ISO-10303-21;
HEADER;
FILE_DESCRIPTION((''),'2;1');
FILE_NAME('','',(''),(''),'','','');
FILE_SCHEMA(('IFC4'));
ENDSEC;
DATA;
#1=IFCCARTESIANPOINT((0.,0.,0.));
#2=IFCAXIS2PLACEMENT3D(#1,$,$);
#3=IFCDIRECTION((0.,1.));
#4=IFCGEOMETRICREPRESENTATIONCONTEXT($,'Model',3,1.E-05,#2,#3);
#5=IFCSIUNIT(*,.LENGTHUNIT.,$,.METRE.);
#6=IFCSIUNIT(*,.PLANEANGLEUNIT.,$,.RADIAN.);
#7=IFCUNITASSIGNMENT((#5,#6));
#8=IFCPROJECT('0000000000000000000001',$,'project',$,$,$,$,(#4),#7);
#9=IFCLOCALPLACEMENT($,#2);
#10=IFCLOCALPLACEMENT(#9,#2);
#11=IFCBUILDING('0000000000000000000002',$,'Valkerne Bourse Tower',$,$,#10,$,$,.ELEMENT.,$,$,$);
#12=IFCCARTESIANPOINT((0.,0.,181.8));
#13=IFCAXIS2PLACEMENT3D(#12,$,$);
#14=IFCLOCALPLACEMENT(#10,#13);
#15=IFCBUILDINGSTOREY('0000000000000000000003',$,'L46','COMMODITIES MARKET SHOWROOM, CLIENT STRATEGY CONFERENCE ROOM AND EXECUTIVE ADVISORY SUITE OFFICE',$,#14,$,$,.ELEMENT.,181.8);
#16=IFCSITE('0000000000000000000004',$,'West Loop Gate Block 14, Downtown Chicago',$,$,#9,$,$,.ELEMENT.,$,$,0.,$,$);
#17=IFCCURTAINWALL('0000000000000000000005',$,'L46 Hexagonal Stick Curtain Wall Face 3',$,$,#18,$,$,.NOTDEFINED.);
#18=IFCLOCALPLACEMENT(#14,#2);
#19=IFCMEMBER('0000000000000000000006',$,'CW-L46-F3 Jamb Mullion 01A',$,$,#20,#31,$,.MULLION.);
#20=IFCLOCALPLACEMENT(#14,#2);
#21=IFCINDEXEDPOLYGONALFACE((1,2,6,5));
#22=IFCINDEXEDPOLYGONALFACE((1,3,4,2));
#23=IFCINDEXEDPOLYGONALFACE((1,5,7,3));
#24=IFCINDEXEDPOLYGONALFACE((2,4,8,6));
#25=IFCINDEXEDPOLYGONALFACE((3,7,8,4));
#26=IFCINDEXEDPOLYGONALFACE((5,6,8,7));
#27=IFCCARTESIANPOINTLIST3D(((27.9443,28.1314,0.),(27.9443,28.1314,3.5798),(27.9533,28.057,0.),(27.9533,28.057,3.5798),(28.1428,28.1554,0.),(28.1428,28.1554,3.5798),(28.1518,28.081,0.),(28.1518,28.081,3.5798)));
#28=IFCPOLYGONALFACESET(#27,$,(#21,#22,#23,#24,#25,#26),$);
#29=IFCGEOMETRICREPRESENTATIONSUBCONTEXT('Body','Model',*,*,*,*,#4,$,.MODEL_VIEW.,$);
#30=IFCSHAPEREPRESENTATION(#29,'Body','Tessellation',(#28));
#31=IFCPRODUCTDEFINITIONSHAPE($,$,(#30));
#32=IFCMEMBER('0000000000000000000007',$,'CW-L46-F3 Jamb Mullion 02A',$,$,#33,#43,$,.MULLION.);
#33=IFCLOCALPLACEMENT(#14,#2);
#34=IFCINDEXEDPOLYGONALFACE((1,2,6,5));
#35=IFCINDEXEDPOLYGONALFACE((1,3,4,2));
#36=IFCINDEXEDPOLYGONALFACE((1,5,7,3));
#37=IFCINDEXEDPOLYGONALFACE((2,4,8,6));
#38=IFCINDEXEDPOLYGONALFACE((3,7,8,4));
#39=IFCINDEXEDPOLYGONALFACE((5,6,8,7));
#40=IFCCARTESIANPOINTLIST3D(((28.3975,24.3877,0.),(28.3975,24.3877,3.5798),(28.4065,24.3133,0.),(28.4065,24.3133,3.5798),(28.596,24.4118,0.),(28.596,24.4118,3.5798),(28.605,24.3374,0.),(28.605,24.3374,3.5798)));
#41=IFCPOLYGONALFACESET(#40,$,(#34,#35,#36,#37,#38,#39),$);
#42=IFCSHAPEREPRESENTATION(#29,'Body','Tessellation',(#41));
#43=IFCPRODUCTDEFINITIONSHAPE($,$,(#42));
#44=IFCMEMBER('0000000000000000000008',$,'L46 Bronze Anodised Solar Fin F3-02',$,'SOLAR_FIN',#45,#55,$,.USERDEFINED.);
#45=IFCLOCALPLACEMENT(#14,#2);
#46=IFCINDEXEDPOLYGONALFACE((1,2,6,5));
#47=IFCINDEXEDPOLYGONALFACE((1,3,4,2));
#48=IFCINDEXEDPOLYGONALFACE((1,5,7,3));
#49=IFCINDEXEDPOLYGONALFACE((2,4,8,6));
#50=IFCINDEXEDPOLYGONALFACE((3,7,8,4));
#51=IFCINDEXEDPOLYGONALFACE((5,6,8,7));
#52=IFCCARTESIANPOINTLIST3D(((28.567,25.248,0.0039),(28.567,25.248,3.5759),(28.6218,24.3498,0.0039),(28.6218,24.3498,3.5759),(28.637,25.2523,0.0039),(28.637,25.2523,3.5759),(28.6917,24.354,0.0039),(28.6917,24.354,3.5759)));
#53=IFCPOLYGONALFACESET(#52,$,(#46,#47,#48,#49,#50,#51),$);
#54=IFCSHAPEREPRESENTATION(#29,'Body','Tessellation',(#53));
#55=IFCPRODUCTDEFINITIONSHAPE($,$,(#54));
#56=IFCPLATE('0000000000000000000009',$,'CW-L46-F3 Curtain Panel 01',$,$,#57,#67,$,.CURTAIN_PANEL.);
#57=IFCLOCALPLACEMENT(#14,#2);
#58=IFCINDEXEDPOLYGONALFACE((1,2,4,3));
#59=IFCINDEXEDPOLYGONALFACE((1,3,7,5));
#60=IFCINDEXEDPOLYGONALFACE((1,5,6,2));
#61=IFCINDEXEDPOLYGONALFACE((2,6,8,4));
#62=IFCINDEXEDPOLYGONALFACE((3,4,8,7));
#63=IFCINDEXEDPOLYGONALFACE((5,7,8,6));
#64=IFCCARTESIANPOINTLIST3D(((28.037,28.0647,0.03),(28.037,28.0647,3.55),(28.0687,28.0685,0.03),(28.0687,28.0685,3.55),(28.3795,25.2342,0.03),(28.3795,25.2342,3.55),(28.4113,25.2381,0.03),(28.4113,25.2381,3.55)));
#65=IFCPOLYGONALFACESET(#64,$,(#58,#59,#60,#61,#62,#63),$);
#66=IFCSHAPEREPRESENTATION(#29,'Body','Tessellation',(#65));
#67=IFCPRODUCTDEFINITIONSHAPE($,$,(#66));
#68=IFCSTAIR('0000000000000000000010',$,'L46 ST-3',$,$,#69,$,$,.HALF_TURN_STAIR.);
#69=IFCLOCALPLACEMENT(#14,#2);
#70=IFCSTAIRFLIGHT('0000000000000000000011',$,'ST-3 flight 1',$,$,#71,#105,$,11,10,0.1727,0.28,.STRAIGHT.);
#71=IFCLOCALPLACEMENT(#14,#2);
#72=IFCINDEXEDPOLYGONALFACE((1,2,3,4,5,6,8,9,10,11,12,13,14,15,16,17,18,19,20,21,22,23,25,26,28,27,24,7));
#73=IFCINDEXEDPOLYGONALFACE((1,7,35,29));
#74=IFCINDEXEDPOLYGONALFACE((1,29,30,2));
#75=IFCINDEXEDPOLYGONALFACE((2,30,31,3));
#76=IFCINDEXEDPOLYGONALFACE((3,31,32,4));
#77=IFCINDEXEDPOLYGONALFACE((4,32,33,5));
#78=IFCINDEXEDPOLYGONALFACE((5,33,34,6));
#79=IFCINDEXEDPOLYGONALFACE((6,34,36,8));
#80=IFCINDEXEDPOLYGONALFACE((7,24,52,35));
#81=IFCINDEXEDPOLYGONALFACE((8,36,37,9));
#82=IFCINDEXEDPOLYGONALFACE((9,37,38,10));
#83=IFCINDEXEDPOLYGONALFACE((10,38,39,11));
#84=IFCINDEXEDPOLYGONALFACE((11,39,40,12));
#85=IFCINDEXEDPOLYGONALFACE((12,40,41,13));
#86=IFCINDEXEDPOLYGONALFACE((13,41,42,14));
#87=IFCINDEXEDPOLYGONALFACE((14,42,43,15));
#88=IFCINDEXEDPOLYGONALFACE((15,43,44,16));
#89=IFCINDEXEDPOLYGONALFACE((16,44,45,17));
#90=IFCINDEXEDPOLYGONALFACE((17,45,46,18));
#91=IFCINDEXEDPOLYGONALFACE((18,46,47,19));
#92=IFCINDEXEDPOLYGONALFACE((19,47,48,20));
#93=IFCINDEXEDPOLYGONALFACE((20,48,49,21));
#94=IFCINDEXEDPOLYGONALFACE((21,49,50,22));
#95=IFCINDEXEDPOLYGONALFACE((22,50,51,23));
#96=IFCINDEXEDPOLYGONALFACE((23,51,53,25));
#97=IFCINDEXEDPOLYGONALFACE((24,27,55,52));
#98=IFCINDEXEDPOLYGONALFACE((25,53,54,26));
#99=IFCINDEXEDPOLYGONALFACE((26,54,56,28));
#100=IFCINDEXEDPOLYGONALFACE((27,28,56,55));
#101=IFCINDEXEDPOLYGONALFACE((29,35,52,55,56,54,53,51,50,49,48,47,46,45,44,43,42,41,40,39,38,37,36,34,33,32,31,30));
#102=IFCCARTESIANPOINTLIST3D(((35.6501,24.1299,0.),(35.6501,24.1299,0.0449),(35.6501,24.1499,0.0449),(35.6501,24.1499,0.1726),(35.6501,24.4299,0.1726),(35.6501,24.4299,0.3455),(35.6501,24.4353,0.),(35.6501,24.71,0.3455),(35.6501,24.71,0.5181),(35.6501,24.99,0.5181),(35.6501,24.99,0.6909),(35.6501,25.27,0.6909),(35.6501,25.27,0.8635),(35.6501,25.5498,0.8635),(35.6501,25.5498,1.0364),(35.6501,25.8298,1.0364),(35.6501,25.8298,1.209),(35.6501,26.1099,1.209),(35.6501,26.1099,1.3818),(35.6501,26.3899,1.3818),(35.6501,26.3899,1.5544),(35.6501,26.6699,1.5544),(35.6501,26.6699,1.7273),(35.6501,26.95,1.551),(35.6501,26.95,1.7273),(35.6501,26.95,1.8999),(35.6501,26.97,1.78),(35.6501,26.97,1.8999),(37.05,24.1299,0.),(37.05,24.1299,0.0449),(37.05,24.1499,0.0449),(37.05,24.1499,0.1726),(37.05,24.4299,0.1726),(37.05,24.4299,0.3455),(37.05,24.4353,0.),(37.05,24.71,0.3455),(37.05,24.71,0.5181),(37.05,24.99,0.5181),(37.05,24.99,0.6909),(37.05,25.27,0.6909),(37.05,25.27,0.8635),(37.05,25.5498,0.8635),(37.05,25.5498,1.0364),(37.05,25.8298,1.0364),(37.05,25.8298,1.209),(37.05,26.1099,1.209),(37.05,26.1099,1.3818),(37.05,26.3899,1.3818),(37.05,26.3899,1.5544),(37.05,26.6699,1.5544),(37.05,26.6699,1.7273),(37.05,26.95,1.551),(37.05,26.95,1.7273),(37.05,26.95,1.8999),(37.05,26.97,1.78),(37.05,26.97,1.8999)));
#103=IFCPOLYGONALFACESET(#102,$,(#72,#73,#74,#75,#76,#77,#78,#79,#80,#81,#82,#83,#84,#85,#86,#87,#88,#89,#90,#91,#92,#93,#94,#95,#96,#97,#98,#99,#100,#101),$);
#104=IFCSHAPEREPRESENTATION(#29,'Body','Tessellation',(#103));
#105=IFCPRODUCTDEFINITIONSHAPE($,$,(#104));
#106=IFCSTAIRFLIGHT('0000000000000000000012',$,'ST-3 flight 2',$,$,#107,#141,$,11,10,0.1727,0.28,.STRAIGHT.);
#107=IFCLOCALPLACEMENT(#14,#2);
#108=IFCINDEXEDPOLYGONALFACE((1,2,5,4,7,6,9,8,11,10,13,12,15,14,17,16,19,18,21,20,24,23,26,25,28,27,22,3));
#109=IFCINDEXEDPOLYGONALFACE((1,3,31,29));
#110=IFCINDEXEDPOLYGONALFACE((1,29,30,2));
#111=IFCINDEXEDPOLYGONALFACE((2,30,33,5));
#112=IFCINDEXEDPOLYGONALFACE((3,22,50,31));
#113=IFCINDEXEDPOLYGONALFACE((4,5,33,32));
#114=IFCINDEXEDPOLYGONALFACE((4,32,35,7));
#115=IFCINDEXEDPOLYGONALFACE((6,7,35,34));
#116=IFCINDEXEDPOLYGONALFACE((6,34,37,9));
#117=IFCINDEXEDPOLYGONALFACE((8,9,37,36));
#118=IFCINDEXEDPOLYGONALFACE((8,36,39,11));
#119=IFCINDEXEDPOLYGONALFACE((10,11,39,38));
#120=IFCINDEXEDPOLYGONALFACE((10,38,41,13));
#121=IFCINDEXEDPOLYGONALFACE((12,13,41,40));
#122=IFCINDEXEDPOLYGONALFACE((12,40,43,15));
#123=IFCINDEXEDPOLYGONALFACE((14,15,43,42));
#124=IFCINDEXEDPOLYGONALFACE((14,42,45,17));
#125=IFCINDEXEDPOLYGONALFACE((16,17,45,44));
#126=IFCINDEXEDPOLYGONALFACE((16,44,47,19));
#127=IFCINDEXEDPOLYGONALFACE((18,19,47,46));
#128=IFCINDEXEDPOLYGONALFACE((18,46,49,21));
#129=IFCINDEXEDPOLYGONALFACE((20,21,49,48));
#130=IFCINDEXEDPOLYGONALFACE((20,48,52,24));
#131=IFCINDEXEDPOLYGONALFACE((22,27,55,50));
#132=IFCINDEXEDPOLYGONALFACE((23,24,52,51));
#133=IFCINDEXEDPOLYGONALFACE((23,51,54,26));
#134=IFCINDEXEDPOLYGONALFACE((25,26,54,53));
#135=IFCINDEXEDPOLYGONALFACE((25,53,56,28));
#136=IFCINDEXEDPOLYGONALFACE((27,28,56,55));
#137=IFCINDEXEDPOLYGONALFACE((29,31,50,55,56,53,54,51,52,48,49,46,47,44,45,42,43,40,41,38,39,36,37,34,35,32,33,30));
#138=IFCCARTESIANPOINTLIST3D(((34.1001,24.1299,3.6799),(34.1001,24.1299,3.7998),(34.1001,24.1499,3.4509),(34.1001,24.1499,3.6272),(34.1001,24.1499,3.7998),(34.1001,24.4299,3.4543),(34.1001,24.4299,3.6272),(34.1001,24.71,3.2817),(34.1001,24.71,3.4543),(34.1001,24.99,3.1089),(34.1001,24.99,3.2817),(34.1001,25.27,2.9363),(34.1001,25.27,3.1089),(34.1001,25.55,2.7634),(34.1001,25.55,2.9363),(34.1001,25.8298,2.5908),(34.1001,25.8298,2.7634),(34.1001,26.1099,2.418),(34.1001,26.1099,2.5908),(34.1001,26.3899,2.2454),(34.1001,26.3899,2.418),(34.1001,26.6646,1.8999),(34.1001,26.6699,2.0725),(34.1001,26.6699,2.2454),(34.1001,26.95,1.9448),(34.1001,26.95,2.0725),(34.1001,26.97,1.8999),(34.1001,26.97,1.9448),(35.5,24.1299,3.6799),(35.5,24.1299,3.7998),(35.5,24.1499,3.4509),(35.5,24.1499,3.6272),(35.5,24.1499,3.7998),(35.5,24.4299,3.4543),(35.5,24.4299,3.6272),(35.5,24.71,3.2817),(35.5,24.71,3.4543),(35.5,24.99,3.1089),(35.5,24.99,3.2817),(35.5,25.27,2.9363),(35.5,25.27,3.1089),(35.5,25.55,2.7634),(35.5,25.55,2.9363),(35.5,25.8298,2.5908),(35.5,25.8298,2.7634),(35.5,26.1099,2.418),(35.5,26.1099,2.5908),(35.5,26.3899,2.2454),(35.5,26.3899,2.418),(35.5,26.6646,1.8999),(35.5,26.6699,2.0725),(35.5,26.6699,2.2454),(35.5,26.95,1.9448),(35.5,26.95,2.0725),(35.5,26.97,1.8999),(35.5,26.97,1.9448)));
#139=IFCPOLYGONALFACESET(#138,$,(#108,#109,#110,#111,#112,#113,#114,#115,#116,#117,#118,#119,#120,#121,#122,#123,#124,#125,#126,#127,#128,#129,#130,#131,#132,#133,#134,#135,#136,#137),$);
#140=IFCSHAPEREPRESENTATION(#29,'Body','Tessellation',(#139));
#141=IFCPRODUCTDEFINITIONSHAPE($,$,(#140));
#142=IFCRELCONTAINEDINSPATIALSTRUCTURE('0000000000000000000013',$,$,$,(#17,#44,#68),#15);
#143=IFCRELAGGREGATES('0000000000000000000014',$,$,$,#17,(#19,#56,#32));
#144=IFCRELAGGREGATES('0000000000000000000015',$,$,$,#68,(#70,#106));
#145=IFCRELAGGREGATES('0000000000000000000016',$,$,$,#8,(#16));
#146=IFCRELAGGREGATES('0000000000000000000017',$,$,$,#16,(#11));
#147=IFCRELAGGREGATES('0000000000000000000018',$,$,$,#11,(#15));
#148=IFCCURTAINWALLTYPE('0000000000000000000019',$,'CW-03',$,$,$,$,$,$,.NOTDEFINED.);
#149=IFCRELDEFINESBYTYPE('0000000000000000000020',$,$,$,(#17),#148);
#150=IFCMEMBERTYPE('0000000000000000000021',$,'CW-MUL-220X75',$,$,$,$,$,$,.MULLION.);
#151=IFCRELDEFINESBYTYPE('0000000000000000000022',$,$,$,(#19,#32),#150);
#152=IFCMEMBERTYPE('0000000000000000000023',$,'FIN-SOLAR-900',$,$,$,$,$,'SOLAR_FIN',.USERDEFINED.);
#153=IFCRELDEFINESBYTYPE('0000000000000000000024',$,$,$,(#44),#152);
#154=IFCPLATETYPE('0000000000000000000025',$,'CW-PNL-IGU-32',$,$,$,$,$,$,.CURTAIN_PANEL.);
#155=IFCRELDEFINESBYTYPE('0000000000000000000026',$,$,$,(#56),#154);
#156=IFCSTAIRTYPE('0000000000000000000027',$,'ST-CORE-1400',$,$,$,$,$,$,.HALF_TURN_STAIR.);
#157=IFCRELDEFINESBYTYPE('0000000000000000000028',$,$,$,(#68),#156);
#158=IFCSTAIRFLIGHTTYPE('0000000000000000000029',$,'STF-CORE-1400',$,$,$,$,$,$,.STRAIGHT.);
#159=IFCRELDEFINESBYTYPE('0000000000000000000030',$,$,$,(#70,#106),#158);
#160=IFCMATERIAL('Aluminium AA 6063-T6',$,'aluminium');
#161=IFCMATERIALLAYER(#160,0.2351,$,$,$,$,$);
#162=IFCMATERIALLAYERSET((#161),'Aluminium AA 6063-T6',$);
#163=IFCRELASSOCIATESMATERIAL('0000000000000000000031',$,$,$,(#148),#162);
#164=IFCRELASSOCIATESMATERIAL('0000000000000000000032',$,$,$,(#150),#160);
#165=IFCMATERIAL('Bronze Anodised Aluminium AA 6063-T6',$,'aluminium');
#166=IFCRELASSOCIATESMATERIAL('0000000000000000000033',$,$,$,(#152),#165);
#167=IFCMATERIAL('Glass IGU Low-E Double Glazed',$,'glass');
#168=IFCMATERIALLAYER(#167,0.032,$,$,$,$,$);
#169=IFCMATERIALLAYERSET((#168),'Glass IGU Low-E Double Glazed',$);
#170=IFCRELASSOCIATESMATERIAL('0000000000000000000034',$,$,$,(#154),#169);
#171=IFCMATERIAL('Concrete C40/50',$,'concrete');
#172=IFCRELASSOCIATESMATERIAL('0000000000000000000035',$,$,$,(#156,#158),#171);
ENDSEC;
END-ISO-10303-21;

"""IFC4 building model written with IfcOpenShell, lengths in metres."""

from ifc_helpers import new_model, si_unit, direction, frame, origin, origin_2d, place, context, subcontext, project, spatial, polyline, rectangle, outline, extrude, material, layer, layer_set, material_profile, profile_set, type_object, element, aggregate, save


model = new_model("IFC4")

# Units and contexts
model_context = context("Model", 3, precision=1e-05, world=origin(), true_north=direction((0.0, 1.0)))
body_context = subcontext(model_context, "Body", "Model", "MODEL_VIEW")
ifc_project = project(units=[si_unit("LENGTHUNIT", "METRE"), si_unit("PLANEANGLEUNIT", "RADIAN")], contexts=[model_context])

# Site, building, storey
site_placement = place(None, origin())
site = spatial("IfcSite", under=ifc_project, at=site_placement, Name="West Loop Gate Block 14, Downtown Chicago", CompositionType="ELEMENT", RefElevation=0.0)
building_placement = place(site_placement, origin())
building = spatial("IfcBuilding", under=site, at=building_placement, Name="Valkerne Bourse Tower", CompositionType="ELEMENT")
storey_placement = place(building_placement, frame((0.0, 0.0, 181.8)))
storey = spatial("IfcBuildingStorey", under=building, at=storey_placement, Name="L46", Description="COMMODITIES MARKET SHOWROOM, CLIENT STRATEGY CONFERENCE ROOM AND EXECUTIVE ADVISORY SUITE OFFICE", CompositionType="ELEMENT", Elevation=181.8)

# Curtain wall, members
ifc_material_1 = material(Name="Aluminium AA 6063-T6", Category="aluminium")
ifc_layer_1 = layer(ifc_material_1, 0.2351)
ifc_layer_set_1 = layer_set([ifc_layer_1], Name="Aluminium AA 6063-T6")
curtain_wall_type = type_object("IfcCurtainWallType", Name="CW-03", PredefinedType="NOTDEFINED", material=ifc_layer_set_1)
curtain_wall_placement = place(storey_placement, origin())
curtain_wall = element("IfcCurtainWall", 1, at=curtain_wall_placement, inside=storey, type_object=curtain_wall_type, Name="L46 Hexagonal Stick Curtain Wall Face 3", PredefinedType="NOTDEFINED")
ifc_material_profile_1 = material_profile(ifc_material_1, rectangle(XDim=0.075, YDim=0.2, at=origin_2d()), Name="CWM-75X200")
ifc_profile_set_1 = profile_set([ifc_material_profile_1], Name="Aluminium AA 6063-T6")
member_type_1 = type_object("IfcMemberType", Name="CW-MUL-220X75", PredefinedType="MULLION", material=ifc_profile_set_1)
member_1_placement = place(storey_placement, frame((28.0481, 28.1062, 0.0), z_axis=(0.0, 0.0, 1.0), x_axis=(0.120153, -0.992755, 0.0)))
member_1 = element("IfcMember", 2, at=member_1_placement, type_object=member_type_1, Name="CW-L46-F3 Jamb Mullion 01A", PredefinedType="MULLION", context=body_context, shape_type="SweptSolid", body=[
    extrude(rectangle(XDim=0.075, YDim=0.2, at=origin_2d()), origin(), (0.0, 0.0, 1.0), 3.5798),
])
member_2_placement = place(storey_placement, frame((28.5012, 24.3625, 0.0), z_axis=(0.0, 0.0, 1.0), x_axis=(0.120127, -0.992759, 0.0)))
member_2 = element("IfcMember", 3, at=member_2_placement, type_object=member_type_1, Name="CW-L46-F3 Jamb Mullion 02A", PredefinedType="MULLION", context=body_context, shape_type="SweptSolid", body=[
    extrude(rectangle(XDim=0.075, YDim=0.2, at=origin_2d()), origin(), (0.0, 0.0, 1.0), 3.5798),
])

# Member
ifc_material_2 = material(Name="Bronze Anodised Aluminium AA 6063-T6", Category="aluminium")
ifc_material_profile_2 = material_profile(ifc_material_2, rectangle(XDim=0.0701, YDim=0.8999, at=origin_2d()), Name="FIN-70X900")
ifc_profile_set_2 = profile_set([ifc_material_profile_2], Name="Bronze Anodised Aluminium AA 6063-T6")
member_type_2 = type_object("IfcMemberType", Name="FIN-SOLAR-900", ElementType="SOLAR_FIN", PredefinedType="USERDEFINED", material=ifc_profile_set_2)
member_3_placement = place(storey_placement, frame((28.6294, 24.801, 0.0039), z_axis=(0.0, 0.0, 1.0), x_axis=(-0.998147, -0.060852, 0.0)))
element("IfcMember", 4, at=member_3_placement, inside=storey, type_object=member_type_2, Name="L46 Bronze Anodised Solar Fin F3-02", ObjectType="SOLAR_FIN", PredefinedType="USERDEFINED", context=body_context, shape_type="SweptSolid", body=[
    extrude(rectangle(XDim=0.0701, YDim=0.8999, at=origin_2d()), origin(), (0.0, 0.0, 1.0), 3.572),
])

# Plate
ifc_material_3 = material(Name="Glass IGU Low-E Double Glazed", Category="glass")
ifc_layer_2 = layer(ifc_material_3, 0.032)
ifc_layer_set_2 = layer_set([ifc_layer_2], Name="Glass IGU Low-E Double Glazed")
plate_type = type_object("IfcPlateType", Name="CW-PNL-IGU-32", PredefinedType="CURTAIN_PANEL", material=ifc_layer_set_2)
plate_placement = place(storey_placement, frame((28.2241, 26.6514, 0.03), z_axis=(0.0, 0.0, 1.0), x_axis=(0.120153, -0.992755, 0.0)))
plate = element("IfcPlate", 5, at=plate_placement, type_object=plate_type, Name="CW-L46-F3 Curtain Panel 01", PredefinedType="CURTAIN_PANEL", context=body_context, shape_type="SweptSolid", body=[
    extrude(rectangle(XDim=2.8511, YDim=0.032, at=origin_2d()), origin(), (0.0, 0.0, 1.0), 3.52),
])
aggregate(curtain_wall, [member_1, plate, member_2])

# Stair, stair flights
ifc_material_4 = material(Name="Concrete C40/50", Category="concrete")
stair_type = type_object("IfcStairType", Name="ST-CORE-1400", PredefinedType="HALF_TURN_STAIR", material=ifc_material_4)
stair_placement = place(storey_placement, origin())
stair = element("IfcStair", 6, at=stair_placement, inside=storey, type_object=stair_type, Name="L46 ST-3", PredefinedType="HALF_TURN_STAIR")
stair_flight_type = type_object("IfcStairFlightType", Name="STF-CORE-1400", PredefinedType="STRAIGHT", material=ifc_material_4)
stair_flight_1_placement = place(storey_placement, frame((36.3501, 24.1499, 0.0), z_axis=(0.0, 0.0, 1.0), x_axis=(0.0, 1.0, 0.0)))
stair_flight_1 = element("IfcStairFlight", 7, at=stair_flight_1_placement, type_object=stair_flight_type, Name="ST-3 flight 1", NumberOfRisers=11, NumberOfTreads=10, PredefinedType="STRAIGHT", RiserHeight=0.1727, TreadLength=0.28, context=body_context, shape_type="SweptSolid", body=[
    extrude(outline(polyline([(-0.02, 0.0), (-0.02, 0.0449), (0.0, 0.0449), (0.0, 0.1726), (0.28, 0.1726), (0.28, 0.3455), (0.5601, 0.3455), (0.5601, 0.5181), (0.8401, 0.5181), (0.8401, 0.6909), (1.1201, 0.6909), (1.1201, 0.8635), (1.3999, 0.8635), (1.3999, 1.0364), (1.6799, 1.0364), (1.6799, 1.209), (1.96, 1.209), (1.96, 1.3818), (2.24, 1.3818), (2.24, 1.5544), (2.52, 1.5544), (2.52, 1.7273), (2.8, 1.7273), (2.8, 1.8999), (2.8201, 1.8999), (2.8201, 1.78), (2.8, 1.551), (0.2854, 0.0), (-0.02, 0.0)])), frame((0.0, 0.7, 0.0), z_axis=(0.0, -1.0, 0.0), x_axis=(1.0, 0.0, 0.0)), (0.0, 0.0, 1.0), 1.3999),
])
stair_flight_2_placement = place(storey_placement, frame((34.8, 26.95, 1.8999), z_axis=(0.0, 0.0, 1.0), x_axis=(0.0, -1.0, 0.0)))
stair_flight_2 = element("IfcStairFlight", 8, at=stair_flight_2_placement, type_object=stair_flight_type, Name="ST-3 flight 2", NumberOfRisers=11, NumberOfTreads=10, PredefinedType="STRAIGHT", RiserHeight=0.1727, TreadLength=0.28, context=body_context, shape_type="SweptSolid", body=[
    extrude(outline(polyline([(-0.02, 0.0), (-0.02, 0.0449), (0.0, 0.0449), (0.0, 0.1726), (0.28, 0.1726), (0.28, 0.3455), (0.5601, 0.3455), (0.5601, 0.5181), (0.8401, 0.5181), (0.8401, 0.6909), (1.1201, 0.6909), (1.1201, 0.8635), (1.3999, 0.8635), (1.3999, 1.0364), (1.6799, 1.0364), (1.6799, 1.209), (1.96, 1.209), (1.96, 1.3818), (2.24, 1.3818), (2.24, 1.5544), (2.52, 1.5544), (2.52, 1.7273), (2.8, 1.7273), (2.8, 1.8999), (2.8201, 1.8999), (2.8201, 1.78), (2.8, 1.551), (0.2854, 0.0), (-0.02, 0.0)])), frame((0.0, 0.7, 0.0), z_axis=(0.0, -1.0, 0.0), x_axis=(1.0, 0.0, 0.0)), (0.0, 0.0, 1.0), 1.3999),
])
aggregate(stair, [stair_flight_1, stair_flight_2])

save(model, "model.ifc")
